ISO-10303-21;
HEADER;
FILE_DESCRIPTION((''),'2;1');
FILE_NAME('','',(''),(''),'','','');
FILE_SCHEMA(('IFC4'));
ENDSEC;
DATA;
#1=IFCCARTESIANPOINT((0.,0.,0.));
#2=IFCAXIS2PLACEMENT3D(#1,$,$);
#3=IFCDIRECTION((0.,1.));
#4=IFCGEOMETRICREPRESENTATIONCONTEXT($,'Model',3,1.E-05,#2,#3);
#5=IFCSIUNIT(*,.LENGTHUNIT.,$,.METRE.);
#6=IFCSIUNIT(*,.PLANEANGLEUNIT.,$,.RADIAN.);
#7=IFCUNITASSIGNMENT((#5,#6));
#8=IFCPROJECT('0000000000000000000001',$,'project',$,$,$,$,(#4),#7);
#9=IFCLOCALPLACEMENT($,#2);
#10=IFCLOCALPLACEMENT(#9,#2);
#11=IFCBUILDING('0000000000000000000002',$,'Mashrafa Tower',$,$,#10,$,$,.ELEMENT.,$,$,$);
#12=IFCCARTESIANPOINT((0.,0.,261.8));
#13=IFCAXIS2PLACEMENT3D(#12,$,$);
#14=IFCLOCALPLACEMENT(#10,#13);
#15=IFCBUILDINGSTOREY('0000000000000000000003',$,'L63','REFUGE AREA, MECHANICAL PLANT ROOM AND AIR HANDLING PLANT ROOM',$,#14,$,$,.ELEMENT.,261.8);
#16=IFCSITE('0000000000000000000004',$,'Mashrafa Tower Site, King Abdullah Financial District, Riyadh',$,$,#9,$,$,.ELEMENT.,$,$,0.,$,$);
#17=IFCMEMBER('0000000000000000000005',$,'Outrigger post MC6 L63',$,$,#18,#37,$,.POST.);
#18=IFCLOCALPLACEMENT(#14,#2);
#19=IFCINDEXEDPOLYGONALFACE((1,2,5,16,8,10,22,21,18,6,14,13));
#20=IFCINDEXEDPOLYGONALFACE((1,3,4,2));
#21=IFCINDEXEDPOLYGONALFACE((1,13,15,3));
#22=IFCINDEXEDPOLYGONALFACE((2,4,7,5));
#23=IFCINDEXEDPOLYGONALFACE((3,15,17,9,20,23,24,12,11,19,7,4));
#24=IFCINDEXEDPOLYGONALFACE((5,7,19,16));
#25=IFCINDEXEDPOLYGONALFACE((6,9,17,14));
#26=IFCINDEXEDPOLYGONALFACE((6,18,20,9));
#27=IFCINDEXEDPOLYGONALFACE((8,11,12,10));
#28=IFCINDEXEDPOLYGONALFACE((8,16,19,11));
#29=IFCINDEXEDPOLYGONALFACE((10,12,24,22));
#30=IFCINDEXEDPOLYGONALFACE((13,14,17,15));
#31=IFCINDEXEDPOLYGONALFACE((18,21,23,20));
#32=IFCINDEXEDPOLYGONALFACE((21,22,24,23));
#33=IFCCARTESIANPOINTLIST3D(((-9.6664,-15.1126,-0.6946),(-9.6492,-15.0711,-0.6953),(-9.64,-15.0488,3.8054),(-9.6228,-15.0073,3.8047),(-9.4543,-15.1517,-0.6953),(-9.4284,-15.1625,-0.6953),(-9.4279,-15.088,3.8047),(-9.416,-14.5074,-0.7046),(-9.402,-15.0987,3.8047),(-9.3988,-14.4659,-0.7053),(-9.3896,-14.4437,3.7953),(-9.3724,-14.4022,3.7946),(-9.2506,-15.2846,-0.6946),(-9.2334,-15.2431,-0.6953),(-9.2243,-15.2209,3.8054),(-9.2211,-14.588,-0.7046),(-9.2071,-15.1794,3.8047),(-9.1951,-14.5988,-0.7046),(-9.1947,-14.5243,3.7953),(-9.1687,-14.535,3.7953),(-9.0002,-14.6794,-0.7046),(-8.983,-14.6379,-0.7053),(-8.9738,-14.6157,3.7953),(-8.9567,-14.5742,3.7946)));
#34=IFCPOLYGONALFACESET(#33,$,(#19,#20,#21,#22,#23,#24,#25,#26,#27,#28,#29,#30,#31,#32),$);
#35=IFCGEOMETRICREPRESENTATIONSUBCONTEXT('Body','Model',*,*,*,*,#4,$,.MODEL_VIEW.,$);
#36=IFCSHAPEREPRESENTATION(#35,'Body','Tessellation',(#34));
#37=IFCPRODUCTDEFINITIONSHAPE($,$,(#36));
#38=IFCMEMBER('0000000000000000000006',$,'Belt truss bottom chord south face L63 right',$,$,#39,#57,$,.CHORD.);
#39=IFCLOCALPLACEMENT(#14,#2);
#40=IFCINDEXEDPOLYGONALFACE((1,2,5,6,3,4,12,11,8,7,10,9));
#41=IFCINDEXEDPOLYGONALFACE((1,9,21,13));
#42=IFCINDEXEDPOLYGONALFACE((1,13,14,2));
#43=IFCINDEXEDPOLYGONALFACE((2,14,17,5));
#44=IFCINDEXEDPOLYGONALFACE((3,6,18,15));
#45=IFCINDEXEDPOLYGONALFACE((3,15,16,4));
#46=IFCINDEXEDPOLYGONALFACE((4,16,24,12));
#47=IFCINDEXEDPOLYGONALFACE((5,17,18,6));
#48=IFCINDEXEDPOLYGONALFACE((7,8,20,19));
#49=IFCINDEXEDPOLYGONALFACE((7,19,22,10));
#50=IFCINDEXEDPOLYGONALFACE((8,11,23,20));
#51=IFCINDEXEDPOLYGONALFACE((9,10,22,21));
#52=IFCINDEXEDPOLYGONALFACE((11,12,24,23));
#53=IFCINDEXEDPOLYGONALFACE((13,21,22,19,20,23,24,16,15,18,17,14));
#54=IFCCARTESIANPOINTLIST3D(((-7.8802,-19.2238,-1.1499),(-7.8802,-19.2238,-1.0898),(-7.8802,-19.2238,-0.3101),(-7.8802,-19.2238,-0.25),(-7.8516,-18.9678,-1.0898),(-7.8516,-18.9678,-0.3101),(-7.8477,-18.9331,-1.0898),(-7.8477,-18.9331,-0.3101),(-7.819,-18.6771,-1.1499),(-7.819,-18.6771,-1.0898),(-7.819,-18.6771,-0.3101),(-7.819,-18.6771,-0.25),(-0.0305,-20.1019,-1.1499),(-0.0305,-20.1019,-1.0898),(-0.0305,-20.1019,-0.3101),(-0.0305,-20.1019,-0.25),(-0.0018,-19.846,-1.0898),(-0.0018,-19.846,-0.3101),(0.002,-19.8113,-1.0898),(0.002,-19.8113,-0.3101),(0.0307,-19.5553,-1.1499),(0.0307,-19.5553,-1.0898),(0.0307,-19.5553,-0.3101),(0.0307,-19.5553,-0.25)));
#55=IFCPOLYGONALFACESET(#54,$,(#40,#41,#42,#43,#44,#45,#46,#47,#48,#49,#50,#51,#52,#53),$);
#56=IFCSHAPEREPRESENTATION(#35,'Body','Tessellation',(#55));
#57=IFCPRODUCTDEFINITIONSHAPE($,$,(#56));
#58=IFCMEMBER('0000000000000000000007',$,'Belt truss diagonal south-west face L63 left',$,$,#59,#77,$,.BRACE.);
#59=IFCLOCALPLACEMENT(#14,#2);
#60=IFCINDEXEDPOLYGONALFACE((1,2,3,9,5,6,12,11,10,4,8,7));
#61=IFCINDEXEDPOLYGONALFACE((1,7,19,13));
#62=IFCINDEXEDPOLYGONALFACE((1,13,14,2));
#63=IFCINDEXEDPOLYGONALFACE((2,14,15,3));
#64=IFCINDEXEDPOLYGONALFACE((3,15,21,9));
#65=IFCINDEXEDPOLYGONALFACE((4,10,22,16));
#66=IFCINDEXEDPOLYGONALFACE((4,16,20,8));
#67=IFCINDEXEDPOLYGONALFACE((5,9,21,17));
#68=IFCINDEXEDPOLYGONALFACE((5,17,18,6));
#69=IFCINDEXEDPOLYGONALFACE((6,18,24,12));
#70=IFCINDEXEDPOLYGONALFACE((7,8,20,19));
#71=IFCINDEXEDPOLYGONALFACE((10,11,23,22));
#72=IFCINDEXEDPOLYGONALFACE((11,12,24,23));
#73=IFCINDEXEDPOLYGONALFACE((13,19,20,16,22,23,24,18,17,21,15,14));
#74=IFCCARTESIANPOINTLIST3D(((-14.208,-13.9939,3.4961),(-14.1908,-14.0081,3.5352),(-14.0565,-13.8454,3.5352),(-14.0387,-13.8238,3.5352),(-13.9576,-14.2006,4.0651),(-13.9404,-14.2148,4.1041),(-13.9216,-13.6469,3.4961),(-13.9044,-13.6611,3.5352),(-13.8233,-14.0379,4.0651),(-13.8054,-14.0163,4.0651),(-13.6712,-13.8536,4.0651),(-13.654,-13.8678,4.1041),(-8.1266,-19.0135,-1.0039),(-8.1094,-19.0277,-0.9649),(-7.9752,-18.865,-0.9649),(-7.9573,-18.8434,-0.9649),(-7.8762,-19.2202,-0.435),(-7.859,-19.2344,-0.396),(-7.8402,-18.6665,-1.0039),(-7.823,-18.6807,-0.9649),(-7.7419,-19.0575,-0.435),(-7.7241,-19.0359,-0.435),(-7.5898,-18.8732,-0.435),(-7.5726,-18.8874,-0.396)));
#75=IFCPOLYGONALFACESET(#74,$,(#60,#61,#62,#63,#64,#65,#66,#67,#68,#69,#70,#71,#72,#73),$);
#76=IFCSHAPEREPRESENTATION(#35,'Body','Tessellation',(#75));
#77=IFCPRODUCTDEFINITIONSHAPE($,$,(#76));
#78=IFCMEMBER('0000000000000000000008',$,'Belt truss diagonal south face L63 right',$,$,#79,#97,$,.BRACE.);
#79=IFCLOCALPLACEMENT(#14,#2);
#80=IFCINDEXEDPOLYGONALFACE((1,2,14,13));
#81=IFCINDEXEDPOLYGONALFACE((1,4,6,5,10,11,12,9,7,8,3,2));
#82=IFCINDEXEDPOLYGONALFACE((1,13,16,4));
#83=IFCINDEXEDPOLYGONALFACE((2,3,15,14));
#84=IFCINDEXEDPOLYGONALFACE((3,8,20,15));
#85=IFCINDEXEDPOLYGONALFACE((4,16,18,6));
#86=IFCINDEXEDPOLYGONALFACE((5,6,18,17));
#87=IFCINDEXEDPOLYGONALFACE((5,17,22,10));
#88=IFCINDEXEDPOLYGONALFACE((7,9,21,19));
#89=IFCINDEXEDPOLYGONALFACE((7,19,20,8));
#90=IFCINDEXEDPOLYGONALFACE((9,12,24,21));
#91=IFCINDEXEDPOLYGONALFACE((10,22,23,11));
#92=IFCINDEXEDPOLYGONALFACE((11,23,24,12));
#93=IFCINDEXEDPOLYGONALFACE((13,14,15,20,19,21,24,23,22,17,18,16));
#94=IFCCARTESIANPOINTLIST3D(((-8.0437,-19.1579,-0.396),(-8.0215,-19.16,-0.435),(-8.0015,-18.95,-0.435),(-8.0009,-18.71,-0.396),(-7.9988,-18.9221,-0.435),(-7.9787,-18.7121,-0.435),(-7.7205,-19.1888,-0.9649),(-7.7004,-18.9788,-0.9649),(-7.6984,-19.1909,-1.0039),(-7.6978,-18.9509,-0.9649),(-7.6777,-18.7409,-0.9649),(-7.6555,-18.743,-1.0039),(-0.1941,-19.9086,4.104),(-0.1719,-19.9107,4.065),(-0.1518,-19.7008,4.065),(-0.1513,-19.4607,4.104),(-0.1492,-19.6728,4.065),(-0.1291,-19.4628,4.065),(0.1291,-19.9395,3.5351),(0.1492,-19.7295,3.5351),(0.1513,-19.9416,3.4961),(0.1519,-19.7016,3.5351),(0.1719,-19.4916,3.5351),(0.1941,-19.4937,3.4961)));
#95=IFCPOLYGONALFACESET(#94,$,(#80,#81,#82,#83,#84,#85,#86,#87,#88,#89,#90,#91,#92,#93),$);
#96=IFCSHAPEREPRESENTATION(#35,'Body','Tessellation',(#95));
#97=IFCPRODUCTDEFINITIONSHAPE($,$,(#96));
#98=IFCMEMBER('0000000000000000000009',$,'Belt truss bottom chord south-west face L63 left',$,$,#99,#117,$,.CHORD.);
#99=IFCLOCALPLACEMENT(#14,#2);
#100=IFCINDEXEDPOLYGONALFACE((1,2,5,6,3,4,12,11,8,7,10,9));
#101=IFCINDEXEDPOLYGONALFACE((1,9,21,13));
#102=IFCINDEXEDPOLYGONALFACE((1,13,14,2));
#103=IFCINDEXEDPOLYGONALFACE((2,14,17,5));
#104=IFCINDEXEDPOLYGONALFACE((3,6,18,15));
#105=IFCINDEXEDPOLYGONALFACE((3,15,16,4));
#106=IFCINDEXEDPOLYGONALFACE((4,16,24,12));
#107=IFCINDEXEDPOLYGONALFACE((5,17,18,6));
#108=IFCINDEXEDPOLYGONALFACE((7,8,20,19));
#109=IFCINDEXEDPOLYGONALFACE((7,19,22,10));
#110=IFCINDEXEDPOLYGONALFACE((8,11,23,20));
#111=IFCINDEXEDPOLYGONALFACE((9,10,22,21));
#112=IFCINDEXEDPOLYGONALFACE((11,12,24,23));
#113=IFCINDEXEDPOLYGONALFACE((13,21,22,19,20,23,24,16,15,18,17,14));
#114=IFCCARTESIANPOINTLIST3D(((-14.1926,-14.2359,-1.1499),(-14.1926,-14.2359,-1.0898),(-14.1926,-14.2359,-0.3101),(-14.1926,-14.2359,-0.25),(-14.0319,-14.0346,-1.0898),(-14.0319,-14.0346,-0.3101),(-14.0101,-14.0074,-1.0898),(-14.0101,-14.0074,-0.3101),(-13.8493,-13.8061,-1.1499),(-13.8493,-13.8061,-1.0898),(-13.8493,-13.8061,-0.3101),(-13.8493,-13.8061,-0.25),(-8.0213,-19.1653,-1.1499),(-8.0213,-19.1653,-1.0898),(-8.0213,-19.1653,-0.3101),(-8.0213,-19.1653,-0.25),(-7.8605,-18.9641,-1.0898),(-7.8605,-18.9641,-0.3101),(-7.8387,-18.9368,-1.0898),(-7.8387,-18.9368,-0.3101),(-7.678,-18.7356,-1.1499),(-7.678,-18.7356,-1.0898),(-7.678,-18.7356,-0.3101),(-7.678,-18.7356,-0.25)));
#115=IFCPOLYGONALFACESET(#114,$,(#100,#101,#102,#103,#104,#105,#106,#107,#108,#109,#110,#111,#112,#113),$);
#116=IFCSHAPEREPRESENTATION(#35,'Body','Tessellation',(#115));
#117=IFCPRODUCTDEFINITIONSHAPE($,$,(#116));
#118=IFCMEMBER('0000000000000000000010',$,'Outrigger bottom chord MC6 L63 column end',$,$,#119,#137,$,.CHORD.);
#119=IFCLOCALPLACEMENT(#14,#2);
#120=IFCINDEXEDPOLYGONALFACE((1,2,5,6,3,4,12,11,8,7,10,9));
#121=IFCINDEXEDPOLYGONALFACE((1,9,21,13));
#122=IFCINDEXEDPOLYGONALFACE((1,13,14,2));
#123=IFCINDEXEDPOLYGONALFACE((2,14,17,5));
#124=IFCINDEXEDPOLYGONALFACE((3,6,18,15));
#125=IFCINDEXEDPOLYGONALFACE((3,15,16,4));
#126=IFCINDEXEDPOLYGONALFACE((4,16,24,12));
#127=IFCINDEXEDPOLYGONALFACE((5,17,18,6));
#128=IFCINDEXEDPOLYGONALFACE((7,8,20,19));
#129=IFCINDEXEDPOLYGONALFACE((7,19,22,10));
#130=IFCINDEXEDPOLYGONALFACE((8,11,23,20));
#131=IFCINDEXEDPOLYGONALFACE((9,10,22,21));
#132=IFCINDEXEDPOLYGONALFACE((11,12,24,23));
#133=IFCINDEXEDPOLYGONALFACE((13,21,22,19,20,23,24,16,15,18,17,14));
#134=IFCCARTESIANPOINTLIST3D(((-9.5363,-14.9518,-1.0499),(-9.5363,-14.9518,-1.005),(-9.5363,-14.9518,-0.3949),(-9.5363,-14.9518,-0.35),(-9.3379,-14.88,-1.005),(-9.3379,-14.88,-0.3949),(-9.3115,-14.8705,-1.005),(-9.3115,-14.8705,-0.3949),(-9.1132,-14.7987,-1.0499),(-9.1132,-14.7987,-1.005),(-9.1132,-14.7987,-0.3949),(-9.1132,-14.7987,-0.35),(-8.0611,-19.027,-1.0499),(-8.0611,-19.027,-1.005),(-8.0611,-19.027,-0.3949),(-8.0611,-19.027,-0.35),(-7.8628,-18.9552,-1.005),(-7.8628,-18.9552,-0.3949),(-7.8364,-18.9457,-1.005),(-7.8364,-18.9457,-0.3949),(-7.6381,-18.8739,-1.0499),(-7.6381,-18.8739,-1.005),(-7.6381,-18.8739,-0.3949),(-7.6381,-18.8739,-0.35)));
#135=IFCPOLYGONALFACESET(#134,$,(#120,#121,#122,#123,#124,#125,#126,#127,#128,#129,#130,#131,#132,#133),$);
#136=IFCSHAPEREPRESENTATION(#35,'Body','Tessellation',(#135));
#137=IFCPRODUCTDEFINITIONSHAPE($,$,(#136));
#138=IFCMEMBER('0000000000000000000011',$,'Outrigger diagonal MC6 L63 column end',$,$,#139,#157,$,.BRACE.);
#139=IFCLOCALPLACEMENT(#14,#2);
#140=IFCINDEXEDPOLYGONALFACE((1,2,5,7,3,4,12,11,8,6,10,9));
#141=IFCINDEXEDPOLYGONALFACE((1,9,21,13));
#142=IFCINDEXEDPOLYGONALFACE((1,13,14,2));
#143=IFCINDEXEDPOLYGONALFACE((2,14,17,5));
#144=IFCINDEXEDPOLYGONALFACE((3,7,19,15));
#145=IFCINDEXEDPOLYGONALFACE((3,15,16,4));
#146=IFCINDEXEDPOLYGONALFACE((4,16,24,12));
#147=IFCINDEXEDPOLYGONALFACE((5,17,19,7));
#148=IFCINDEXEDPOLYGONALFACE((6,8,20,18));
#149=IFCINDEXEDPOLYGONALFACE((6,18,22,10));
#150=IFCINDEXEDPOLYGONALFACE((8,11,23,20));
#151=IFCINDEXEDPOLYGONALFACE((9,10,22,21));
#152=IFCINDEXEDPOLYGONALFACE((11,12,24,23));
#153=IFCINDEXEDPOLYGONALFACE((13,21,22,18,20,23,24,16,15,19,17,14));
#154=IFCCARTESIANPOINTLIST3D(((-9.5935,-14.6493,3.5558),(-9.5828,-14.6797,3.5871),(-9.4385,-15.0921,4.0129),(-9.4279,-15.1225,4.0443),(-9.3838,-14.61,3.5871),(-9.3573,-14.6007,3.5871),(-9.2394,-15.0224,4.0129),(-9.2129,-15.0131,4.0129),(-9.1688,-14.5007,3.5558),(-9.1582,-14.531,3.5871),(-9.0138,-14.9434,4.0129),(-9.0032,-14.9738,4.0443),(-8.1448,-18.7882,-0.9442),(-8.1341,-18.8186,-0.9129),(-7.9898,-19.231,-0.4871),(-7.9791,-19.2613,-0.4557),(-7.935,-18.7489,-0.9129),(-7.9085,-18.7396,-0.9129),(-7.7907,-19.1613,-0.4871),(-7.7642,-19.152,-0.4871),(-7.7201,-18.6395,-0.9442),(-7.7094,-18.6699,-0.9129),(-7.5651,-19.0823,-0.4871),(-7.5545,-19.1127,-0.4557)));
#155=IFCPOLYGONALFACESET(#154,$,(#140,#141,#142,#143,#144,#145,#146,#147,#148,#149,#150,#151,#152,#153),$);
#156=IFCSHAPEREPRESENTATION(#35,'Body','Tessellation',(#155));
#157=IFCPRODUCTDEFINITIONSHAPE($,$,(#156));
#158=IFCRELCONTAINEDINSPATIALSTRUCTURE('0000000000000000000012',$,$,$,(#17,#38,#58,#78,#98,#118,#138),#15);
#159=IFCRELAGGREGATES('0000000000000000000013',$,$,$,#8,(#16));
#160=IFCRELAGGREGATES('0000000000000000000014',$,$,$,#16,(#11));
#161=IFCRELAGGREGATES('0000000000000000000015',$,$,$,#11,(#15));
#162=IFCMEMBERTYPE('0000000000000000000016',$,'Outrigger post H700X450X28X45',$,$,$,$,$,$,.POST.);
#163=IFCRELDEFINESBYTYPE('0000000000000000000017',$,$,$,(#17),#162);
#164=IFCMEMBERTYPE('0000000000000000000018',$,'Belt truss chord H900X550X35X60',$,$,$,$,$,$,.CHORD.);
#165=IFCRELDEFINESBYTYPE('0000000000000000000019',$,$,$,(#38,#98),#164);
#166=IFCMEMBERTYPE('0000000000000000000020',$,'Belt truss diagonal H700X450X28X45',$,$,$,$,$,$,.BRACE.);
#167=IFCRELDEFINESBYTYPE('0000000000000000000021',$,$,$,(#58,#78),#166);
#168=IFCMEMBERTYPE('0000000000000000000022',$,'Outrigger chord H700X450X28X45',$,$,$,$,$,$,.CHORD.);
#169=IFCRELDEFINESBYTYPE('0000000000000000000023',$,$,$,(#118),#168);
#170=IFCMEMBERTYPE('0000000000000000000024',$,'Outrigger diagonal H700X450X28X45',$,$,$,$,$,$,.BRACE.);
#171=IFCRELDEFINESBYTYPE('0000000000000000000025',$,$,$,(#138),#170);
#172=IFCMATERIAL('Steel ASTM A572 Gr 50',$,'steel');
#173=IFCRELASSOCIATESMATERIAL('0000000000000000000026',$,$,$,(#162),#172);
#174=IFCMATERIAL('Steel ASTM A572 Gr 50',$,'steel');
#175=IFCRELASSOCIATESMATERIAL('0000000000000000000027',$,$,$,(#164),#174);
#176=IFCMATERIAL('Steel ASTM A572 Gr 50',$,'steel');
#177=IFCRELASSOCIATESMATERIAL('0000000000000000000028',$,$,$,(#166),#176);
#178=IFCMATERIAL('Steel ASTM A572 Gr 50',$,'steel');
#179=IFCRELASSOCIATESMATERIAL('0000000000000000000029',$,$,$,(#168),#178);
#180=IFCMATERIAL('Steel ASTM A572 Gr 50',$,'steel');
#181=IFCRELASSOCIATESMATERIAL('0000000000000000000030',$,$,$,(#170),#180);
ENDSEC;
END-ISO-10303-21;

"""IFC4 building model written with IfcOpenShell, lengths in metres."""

from ifc_helpers import new_model, si_unit, direction, frame, origin, origin_2d, place, context, subcontext, project, spatial, i_section, extrude, source, transform, mapped, material, material_profile, profile_set, type_object, type_shapes, element, save


model = new_model("IFC4")

# Units and contexts
model_context = context("Model", 3, precision=1e-05, world=origin(), true_north=direction((0.0, 1.0)))
body_context = subcontext(model_context, "Body", "Model", "MODEL_VIEW")
ifc_project = project(units=[si_unit("LENGTHUNIT", "METRE"), si_unit("PLANEANGLEUNIT", "RADIAN")], contexts=[model_context])

# Site, building, storey
site_placement = place(None, origin())
site = spatial("IfcSite", under=ifc_project, at=site_placement, Name="Mashrafa Tower Site, King Abdullah Financial District, Riyadh", CompositionType="ELEMENT", RefElevation=0.0)
building_placement = place(site_placement, origin())
building = spatial("IfcBuilding", under=site, at=building_placement, Name="Mashrafa Tower", CompositionType="ELEMENT")
storey_placement = place(building_placement, frame((0.0, 0.0, 261.8)))
storey = spatial("IfcBuildingStorey", under=building, at=storey_placement, Name="L63", Description="REFUGE AREA, MECHANICAL PLANT ROOM AND AIR HANDLING PLANT ROOM", CompositionType="ELEMENT", Elevation=261.8)

# Members
ifc_material_1 = material(Name="Steel ASTM A572 Gr 50", Category="steel")
ifc_material_profile_1 = material_profile(ifc_material_1, i_section(OverallWidth=0.45, OverallDepth=0.7, WebThickness=0.0281, FlangeThickness=0.0449, at=origin_2d()), Name="H700X450X28X45")
ifc_profile_set_1 = profile_set([ifc_material_profile_1], Name="Steel ASTM A572 Gr 50")
member_type_1 = type_object("IfcMemberType", Name="Outrigger post H700X450X28X45", PredefinedType="POST", material=ifc_profile_set_1)
shared_shape_1 = source(origin(), body_context, "Body", "SweptSolid", [
    extrude(i_section(OverallWidth=0.45, OverallDepth=0.7, WebThickness=0.0281, FlangeThickness=0.0449, at=origin_2d()), origin(), (0.0, 0.0, 1.0), 4.5005),
])
type_shapes(member_type_1, [shared_shape_1])
member_1_placement = place(storey_placement, frame((-9.3247, -14.8752, -0.7), z_axis=(0.005859, 0.014158, 0.999883), x_axis=(-0.924017, 0.382352, 0.0)))
element("IfcMember", 1, at=member_1_placement, inside=storey, type_object=member_type_1, Name="Outrigger post MC6 L63", PredefinedType="POST", context=body_context, shape_type="MappedRepresentation", body=[
    mapped(shared_shape_1, transform((0.0, 0.0, 0.0))),
])
ifc_material_2 = material(Name="Steel ASTM A572 Gr 50", Category="steel")
ifc_material_profile_2 = material_profile(ifc_material_2, i_section(OverallWidth=0.55, OverallDepth=0.8999, WebThickness=0.0349, FlangeThickness=0.0601, at=origin_2d()), Name="H900X550X35X60")
ifc_profile_set_2 = profile_set([ifc_material_profile_2], Name="Steel ASTM A572 Gr 50")
member_type_2 = type_object("IfcMemberType", Name="Belt truss chord H900X550X35X60", PredefinedType="CHORD", material=ifc_profile_set_2)
shared_shape_2 = source(origin(), body_context, "Body", "SweptSolid", [
    extrude(i_section(OverallWidth=0.55, OverallDepth=0.8999, WebThickness=0.0349, FlangeThickness=0.0601, at=origin_2d()), origin(), (0.0, 0.0, 1.0), 7.8987),
])
member_2_placement = place(storey_placement, frame((-7.8496, -18.9504, -0.7), z_axis=(0.9938, -0.111181, 0.0), x_axis=(0.111181, 0.9938, 0.0)))
element("IfcMember", 2, at=member_2_placement, inside=storey, type_object=member_type_2, Name="Belt truss bottom chord south face L63 right", PredefinedType="CHORD", context=body_context, shape_type="MappedRepresentation", body=[
    mapped(shared_shape_2, transform((0.0, 0.0, 0.0))),
])
ifc_material_3 = material(Name="Steel ASTM A572 Gr 50", Category="steel")
ifc_material_profile_3 = material_profile(ifc_material_3, i_section(OverallWidth=0.45, OverallDepth=0.7, WebThickness=0.0281, FlangeThickness=0.0449, at=origin_2d()), Name="H700X450X28X45")
ifc_profile_set_3 = profile_set([ifc_material_profile_3], Name="Steel ASTM A572 Gr 50")
member_type_3 = type_object("IfcMemberType", Name="Belt truss diagonal H700X450X28X45", PredefinedType="BRACE", material=ifc_profile_set_3)
shared_shape_3 = source(origin(), body_context, "Body", "SweptSolid", [
    extrude(i_section(OverallWidth=0.45, OverallDepth=0.7, WebThickness=0.0281, FlangeThickness=0.0449, at=origin_2d()), origin(), (0.0, 0.0, 1.0), 9.0791),
])
type_shapes(member_type_3, [shared_shape_3])
for number, where, z_axis, x_axis, name in (
    (3, (-7.8496, -18.9504, -0.7), (-0.669822, 0.552874, 0.49565), (-0.636569, -0.77122, 0.0), "Belt truss diagonal south-west face L63 left"),
    (4, (-7.8496, -18.9504, -0.7), (0.864581, -0.082688, 0.495644), (0.095205, 0.995458, 0.0), "Belt truss diagonal south face L63 right"),
):
    element("IfcMember", number, at=place(storey_placement, frame(where, z_axis=z_axis, x_axis=x_axis)), inside=storey, type_object=member_type_3, Name=name, PredefinedType="BRACE", context=body_context, shape_type="MappedRepresentation", body=[
        mapped(shared_shape_3, transform((0.0, 0.0, 0.0))),
    ])
shared_shape_4 = source(origin(), body_context, "Body", "SweptSolid", [
    extrude(i_section(OverallWidth=0.55, OverallDepth=0.8999, WebThickness=0.0349, FlangeThickness=0.0601, at=origin_2d()), origin(), (0.0, 0.0, 1.0), 7.8984),
])
type_shapes(member_type_2, [shared_shape_2, shared_shape_4])
member_3_placement = place(storey_placement, frame((-7.8496, -18.9504, -0.7), z_axis=(-0.781342, 0.624103, 0.0), x_axis=(-0.624103, -0.781342, 0.0)))
element("IfcMember", 5, at=member_3_placement, inside=storey, type_object=member_type_2, Name="Belt truss bottom chord south-west face L63 left", PredefinedType="CHORD", context=body_context, shape_type="MappedRepresentation", body=[
    mapped(shared_shape_4, transform((0.0, 0.0, 0.0))),
])
ifc_material_4 = material(Name="Steel ASTM A572 Gr 50", Category="steel")
ifc_material_profile_4 = material_profile(ifc_material_4, i_section(OverallWidth=0.45, OverallDepth=0.7, WebThickness=0.0281, FlangeThickness=0.0449, at=origin_2d()), Name="H700X450X28X45")
ifc_profile_set_4 = profile_set([ifc_material_profile_4], Name="Steel ASTM A572 Gr 50")
member_type_4 = type_object("IfcMemberType", Name="Outrigger chord H700X450X28X45", PredefinedType="CHORD", material=ifc_profile_set_4)
shared_shape_5 = source(origin(), body_context, "Body", "SweptSolid", [
    extrude(i_section(OverallWidth=0.45, OverallDepth=0.7, WebThickness=0.0281, FlangeThickness=0.0449, at=origin_2d()), origin(), (0.0, 0.0, 1.0), 4.334),
])
type_shapes(member_type_4, [shared_shape_5])
member_4_placement = place(storey_placement, frame((-9.3247, -14.8752, -0.7), z_axis=(0.340359, -0.940296, 0.0), x_axis=(0.940296, 0.340359, 0.0)))
element("IfcMember", 6, at=member_4_placement, inside=storey, type_object=member_type_4, Name="Outrigger bottom chord MC6 L63 column end", PredefinedType="CHORD", context=body_context, shape_type="MappedRepresentation", body=[
    mapped(shared_shape_5, transform((0.0, 0.0, 0.0))),
])
ifc_material_5 = material(Name="Steel ASTM A572 Gr 50", Category="steel")
ifc_material_profile_5 = material_profile(ifc_material_5, i_section(OverallWidth=0.45, OverallDepth=0.7, WebThickness=0.0281, FlangeThickness=0.0449, at=origin_2d()), Name="H700X450X28X45")
ifc_profile_set_5 = profile_set([ifc_material_profile_5], Name="Steel ASTM A572 Gr 50")
member_type_5 = type_object("IfcMemberType", Name="Outrigger diagonal H700X450X28X45", PredefinedType="BRACE", material=ifc_profile_set_5)
shared_shape_6 = source(origin(), body_context, "Body", "SweptSolid", [
    extrude(i_section(OverallWidth=0.45, OverallDepth=0.7, WebThickness=0.0281, FlangeThickness=0.0449, at=origin_2d()), origin(), (0.0, 0.0, 1.0), 6.2832),
])
type_shapes(member_type_5, [shared_shape_6])
member_5_placement = place(storey_placement, frame((-7.8496, -18.9504, -0.7), z_axis=(-0.23057, 0.65872, 0.716188), x_axis=(-0.943851, -0.330373, 0.0)))
element("IfcMember", 7, at=member_5_placement, inside=storey, type_object=member_type_5, Name="Outrigger diagonal MC6 L63 column end", PredefinedType="BRACE", context=body_context, shape_type="MappedRepresentation", body=[
    mapped(shared_shape_6, transform((0.0, 0.0, 0.0))),
])

save(model, "model.ifc")
